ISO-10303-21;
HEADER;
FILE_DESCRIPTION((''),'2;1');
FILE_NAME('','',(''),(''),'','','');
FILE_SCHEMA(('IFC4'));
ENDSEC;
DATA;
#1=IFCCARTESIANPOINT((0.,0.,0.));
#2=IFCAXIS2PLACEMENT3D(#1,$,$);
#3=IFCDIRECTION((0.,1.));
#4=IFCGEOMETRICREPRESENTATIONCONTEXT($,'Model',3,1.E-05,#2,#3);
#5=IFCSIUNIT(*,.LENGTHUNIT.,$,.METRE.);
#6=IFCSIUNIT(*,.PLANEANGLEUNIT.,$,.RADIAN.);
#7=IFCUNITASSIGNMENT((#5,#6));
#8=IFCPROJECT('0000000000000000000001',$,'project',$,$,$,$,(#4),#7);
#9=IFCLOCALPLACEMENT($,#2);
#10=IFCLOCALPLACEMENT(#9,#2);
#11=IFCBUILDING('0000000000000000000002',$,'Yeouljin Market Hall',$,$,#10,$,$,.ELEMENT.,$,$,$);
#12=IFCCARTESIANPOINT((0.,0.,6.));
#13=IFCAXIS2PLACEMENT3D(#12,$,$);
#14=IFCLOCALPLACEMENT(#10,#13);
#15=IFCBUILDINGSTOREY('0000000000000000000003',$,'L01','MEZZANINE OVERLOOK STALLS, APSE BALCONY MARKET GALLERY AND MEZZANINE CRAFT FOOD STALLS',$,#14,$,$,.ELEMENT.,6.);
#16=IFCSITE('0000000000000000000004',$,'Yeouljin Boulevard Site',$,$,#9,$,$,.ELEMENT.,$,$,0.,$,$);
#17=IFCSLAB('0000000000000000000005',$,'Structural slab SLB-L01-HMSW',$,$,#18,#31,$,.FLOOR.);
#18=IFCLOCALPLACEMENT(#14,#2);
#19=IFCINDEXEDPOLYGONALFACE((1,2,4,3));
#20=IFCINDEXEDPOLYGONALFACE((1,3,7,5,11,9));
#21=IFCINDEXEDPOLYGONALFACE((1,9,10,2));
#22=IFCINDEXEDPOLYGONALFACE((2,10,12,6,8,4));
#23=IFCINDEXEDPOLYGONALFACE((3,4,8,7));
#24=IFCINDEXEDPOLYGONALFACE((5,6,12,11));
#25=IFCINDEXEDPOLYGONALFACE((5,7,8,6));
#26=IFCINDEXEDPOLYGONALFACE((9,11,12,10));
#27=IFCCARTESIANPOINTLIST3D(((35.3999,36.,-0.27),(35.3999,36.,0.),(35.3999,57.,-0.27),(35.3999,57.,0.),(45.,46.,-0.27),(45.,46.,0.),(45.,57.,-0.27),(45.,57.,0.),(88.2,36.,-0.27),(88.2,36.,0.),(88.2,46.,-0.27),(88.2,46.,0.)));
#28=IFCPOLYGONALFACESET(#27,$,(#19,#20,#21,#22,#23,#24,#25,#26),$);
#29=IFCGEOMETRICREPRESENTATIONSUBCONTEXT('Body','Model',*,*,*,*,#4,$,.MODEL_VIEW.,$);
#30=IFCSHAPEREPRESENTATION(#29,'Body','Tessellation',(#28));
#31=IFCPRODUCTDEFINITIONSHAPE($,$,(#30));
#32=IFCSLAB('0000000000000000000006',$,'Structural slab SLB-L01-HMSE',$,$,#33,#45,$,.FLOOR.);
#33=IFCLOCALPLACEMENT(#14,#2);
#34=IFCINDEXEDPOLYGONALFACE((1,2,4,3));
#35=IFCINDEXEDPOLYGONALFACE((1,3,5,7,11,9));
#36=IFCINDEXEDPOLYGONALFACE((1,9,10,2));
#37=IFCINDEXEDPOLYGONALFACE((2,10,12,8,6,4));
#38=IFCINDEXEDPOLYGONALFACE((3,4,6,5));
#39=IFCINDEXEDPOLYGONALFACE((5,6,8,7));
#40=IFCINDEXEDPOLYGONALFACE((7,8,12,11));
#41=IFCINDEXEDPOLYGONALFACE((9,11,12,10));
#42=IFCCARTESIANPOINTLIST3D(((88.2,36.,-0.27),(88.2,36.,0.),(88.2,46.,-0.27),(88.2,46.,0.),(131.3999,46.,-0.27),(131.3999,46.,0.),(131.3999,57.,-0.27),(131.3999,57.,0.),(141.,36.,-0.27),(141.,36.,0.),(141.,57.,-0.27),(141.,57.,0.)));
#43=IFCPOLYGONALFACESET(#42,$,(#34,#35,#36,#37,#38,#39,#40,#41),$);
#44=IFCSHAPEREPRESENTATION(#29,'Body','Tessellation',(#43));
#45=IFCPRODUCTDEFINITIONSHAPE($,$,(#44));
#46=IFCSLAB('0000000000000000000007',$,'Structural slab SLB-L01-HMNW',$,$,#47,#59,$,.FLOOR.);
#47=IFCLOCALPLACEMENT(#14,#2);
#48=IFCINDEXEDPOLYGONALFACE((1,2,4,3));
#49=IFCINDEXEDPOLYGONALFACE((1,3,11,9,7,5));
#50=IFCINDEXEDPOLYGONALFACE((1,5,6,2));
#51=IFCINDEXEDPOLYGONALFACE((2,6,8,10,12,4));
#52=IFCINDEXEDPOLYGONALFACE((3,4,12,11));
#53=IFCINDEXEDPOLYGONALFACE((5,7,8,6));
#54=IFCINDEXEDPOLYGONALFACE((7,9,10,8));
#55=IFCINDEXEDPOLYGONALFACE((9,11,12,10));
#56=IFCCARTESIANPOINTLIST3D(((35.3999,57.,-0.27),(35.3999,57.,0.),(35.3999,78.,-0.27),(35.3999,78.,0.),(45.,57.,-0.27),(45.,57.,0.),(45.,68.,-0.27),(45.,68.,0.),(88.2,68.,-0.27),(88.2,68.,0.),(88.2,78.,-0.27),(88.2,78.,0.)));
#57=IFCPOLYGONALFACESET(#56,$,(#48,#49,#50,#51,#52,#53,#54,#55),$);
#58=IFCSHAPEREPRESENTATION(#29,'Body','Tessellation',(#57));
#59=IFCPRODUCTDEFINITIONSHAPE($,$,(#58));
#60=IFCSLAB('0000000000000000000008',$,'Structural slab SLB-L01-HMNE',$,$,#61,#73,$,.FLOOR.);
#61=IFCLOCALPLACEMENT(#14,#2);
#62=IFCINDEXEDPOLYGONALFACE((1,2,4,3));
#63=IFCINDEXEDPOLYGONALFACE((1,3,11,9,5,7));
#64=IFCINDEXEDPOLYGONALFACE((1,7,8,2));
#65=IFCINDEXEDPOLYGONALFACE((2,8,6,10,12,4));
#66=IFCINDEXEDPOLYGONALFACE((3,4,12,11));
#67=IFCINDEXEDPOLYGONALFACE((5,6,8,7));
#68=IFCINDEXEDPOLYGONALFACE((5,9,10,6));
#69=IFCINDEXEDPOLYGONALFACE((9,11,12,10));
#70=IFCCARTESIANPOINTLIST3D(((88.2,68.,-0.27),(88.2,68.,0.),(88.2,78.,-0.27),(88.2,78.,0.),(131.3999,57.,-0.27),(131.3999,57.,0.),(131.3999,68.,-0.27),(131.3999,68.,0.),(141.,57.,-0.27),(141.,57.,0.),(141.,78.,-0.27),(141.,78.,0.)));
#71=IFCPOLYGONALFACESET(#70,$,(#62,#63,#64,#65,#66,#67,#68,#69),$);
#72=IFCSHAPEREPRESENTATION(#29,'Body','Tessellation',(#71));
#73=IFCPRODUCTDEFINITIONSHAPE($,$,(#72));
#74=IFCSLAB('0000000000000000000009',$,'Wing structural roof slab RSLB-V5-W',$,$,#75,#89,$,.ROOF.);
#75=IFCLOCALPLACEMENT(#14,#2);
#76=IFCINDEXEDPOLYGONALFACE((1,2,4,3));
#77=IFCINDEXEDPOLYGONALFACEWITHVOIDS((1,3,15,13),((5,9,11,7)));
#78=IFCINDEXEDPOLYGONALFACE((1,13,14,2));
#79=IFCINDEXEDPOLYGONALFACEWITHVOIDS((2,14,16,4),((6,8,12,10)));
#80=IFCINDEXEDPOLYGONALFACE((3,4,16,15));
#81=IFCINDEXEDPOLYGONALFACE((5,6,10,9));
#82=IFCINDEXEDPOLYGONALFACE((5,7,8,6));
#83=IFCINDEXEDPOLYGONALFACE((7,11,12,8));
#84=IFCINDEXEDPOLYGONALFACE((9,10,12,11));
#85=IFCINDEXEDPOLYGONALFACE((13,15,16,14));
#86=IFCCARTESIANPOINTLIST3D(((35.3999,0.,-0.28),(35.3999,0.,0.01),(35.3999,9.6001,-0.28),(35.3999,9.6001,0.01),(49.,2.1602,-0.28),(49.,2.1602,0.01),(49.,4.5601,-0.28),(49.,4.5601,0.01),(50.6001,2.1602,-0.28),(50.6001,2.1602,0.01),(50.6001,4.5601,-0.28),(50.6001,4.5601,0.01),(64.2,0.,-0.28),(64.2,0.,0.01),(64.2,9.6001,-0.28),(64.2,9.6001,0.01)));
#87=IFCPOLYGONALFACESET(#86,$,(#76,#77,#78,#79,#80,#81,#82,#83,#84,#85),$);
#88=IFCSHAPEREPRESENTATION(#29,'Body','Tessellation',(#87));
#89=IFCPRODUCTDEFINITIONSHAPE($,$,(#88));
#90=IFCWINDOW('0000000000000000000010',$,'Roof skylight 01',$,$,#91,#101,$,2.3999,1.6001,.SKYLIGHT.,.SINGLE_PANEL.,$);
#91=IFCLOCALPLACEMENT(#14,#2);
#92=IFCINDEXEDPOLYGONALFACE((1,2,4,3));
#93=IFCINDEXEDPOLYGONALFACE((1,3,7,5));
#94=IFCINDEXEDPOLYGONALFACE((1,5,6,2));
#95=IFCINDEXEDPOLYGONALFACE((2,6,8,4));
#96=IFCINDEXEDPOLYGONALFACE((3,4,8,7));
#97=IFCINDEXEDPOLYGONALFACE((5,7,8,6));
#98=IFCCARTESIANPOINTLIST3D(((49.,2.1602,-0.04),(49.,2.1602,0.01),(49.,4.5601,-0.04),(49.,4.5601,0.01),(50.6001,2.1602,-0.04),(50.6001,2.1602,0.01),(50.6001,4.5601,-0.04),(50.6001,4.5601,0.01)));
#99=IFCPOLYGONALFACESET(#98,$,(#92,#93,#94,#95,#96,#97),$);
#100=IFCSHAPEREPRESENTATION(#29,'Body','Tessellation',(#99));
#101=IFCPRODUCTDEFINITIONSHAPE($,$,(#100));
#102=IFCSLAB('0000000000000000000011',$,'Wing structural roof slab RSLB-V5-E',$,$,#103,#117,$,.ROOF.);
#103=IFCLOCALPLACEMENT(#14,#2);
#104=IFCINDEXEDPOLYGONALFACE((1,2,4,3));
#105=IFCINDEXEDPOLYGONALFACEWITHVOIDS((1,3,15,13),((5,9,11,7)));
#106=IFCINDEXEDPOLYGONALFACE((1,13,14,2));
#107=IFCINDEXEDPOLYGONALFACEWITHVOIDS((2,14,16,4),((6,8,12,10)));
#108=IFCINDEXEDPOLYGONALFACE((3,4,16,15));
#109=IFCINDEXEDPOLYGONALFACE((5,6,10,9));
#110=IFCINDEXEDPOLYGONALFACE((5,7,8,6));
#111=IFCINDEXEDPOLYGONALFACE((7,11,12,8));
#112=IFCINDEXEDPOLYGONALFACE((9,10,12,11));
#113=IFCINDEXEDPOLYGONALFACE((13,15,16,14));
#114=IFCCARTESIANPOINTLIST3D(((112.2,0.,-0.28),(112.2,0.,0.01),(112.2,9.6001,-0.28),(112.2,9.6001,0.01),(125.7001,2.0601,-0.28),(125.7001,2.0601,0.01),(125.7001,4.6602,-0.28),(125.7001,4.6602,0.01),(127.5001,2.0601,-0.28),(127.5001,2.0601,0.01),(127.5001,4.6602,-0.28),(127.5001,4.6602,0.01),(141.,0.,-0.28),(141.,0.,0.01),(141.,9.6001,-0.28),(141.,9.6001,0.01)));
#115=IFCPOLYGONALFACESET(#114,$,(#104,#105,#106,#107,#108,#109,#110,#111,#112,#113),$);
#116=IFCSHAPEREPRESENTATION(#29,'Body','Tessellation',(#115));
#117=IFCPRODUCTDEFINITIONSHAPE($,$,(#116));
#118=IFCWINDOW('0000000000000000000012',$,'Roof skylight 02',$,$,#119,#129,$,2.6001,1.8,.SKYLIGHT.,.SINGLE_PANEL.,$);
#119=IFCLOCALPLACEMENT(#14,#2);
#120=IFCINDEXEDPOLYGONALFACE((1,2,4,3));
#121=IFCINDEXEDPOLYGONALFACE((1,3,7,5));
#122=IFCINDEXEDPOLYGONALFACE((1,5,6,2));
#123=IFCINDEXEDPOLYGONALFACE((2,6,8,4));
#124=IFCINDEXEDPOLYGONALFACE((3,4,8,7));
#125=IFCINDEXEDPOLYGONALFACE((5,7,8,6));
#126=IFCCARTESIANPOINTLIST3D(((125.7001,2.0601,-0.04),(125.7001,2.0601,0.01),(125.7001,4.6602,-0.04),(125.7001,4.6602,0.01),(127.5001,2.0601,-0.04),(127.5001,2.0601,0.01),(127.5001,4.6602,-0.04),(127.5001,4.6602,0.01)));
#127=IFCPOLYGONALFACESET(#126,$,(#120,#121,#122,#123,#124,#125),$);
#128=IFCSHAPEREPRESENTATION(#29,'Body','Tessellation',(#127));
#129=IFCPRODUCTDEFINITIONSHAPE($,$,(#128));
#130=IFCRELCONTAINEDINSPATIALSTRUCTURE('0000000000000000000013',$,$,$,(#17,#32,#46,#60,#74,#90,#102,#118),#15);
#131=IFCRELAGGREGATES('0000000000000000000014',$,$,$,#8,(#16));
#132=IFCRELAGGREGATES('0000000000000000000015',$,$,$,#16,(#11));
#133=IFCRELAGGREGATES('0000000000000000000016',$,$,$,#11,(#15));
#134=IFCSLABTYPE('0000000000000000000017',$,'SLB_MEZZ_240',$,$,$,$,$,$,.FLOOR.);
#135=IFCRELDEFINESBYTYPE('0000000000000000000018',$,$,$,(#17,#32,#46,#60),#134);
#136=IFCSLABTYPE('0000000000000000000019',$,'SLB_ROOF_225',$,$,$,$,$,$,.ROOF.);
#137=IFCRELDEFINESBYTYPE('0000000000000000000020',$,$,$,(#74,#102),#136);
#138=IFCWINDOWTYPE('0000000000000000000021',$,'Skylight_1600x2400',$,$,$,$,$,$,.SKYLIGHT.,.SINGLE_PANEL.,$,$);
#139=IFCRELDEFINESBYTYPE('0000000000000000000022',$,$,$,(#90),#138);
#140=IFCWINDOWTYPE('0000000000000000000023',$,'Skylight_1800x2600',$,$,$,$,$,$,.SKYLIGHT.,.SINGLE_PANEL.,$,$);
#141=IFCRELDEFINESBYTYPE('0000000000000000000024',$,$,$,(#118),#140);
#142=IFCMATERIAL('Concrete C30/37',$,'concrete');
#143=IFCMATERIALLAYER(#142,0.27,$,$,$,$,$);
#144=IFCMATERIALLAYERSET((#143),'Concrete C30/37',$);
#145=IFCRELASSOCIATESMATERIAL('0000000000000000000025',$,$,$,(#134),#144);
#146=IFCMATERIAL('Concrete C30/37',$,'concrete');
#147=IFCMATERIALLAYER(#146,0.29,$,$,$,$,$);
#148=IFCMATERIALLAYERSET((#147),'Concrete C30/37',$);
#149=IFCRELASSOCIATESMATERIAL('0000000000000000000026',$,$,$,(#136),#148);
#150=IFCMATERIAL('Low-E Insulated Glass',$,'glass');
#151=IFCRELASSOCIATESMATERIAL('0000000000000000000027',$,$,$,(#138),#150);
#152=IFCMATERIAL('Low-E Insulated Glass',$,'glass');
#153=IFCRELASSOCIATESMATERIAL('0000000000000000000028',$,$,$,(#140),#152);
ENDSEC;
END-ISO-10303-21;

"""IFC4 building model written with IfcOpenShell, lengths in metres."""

from ifc_helpers import new_model, si_unit, direction, frame, origin, origin_2d, place, context, subcontext, project, spatial, polyline, rectangle, outline, extrude, material, layer, layer_set, type_object, element, fill, save


model = new_model("IFC4")

# Units and contexts
model_context = context("Model", 3, precision=1e-05, world=origin(), true_north=direction((0.0, 1.0)))
body_context = subcontext(model_context, "Body", "Model", "MODEL_VIEW")
ifc_project = project(units=[si_unit("LENGTHUNIT", "METRE"), si_unit("PLANEANGLEUNIT", "RADIAN")], contexts=[model_context])

# Site, building, storey
site_placement = place(None, origin())
site = spatial("IfcSite", under=ifc_project, at=site_placement, Name="Yeouljin Boulevard Site", CompositionType="ELEMENT", RefElevation=0.0)
building_placement = place(site_placement, origin())
building = spatial("IfcBuilding", under=site, at=building_placement, Name="Yeouljin Market Hall", CompositionType="ELEMENT")
storey_placement = place(building_placement, frame((0.0, 0.0, 6.0)))
storey = spatial("IfcBuildingStorey", under=building, at=storey_placement, Name="L01", Description="MEZZANINE OVERLOOK STALLS, APSE BALCONY MARKET GALLERY AND MEZZANINE CRAFT FOOD STALLS", CompositionType="ELEMENT", Elevation=6.0)

# Slabs
ifc_material_1 = material(Name="Concrete C30/37", Category="concrete")
ifc_layer_1 = layer(ifc_material_1, 0.27)
ifc_layer_set_1 = layer_set([ifc_layer_1], Name="Concrete C30/37")
slab_type_1 = type_object("IfcSlabType", Name="SLB_MEZZ_240", PredefinedType="FLOOR", material=ifc_layer_set_1)
slab_1_placement = place(storey_placement, frame((0.0, 0.0, -0.27)))
element("IfcSlab", 1, at=slab_1_placement, inside=storey, type_object=slab_type_1, Name="Structural slab SLB-L01-HMSW", PredefinedType="FLOOR", context=body_context, shape_type="SweptSolid", body=[
    extrude(outline(polyline([(35.3999, 36.0), (88.2, 36.0), (88.2, 46.0), (45.0, 46.0), (45.0, 57.0), (35.3999, 57.0), (35.3999, 36.0)])), origin(), (0.0, 0.0, 1.0), 0.27),
])
slab_2_placement = place(storey_placement, frame((0.0, 0.0, -0.27)))
element("IfcSlab", 2, at=slab_2_placement, inside=storey, type_object=slab_type_1, Name="Structural slab SLB-L01-HMSE", PredefinedType="FLOOR", context=body_context, shape_type="SweptSolid", body=[
    extrude(outline(polyline([(88.2, 36.0), (141.0, 36.0), (141.0, 57.0), (131.3999, 57.0), (131.3999, 46.0), (88.2, 46.0), (88.2, 36.0)])), origin(), (0.0, 0.0, 1.0), 0.27),
])
slab_3_placement = place(storey_placement, frame((0.0, 0.0, -0.27)))
element("IfcSlab", 3, at=slab_3_placement, inside=storey, type_object=slab_type_1, Name="Structural slab SLB-L01-HMNW", PredefinedType="FLOOR", context=body_context, shape_type="SweptSolid", body=[
    extrude(outline(polyline([(35.3999, 57.0), (45.0, 57.0), (45.0, 68.0), (88.2, 68.0), (88.2, 78.0), (35.3999, 78.0), (35.3999, 57.0)])), origin(), (0.0, 0.0, 1.0), 0.27),
])
slab_4_placement = place(storey_placement, frame((0.0, 0.0, -0.27)))
element("IfcSlab", 4, at=slab_4_placement, inside=storey, type_object=slab_type_1, Name="Structural slab SLB-L01-HMNE", PredefinedType="FLOOR", context=body_context, shape_type="SweptSolid", body=[
    extrude(outline(polyline([(131.3999, 57.0), (141.0, 57.0), (141.0, 78.0), (88.2, 78.0), (88.2, 68.0), (131.3999, 68.0), (131.3999, 57.0)])), origin(), (0.0, 0.0, 1.0), 0.27),
])

# Slabs, openings, windows
ifc_material_2 = material(Name="Concrete C30/37", Category="concrete")
ifc_layer_2 = layer(ifc_material_2, 0.29)
ifc_layer_set_2 = layer_set([ifc_layer_2], Name="Concrete C30/37")
slab_type_2 = type_object("IfcSlabType", Name="SLB_ROOF_225", PredefinedType="ROOF", material=ifc_layer_set_2)
slab_5_placement = place(storey_placement, frame((0.0, 0.0, -0.28)))
slab_5 = element("IfcSlab", 5, at=slab_5_placement, inside=storey, type_object=slab_type_2, Name="Wing structural roof slab RSLB-V5-W", PredefinedType="ROOF", context=body_context, shape_type="SweptSolid", body=[
    extrude(outline(polyline([(35.3999, 0.0), (64.2, 0.0), (64.2, 9.6001), (35.3999, 9.6001), (35.3999, 0.0)])), origin(), (0.0, 0.0, 1.0), 0.29),
])
opening_1_placement = place(slab_5_placement, frame((49.8, 3.3601, 0.0)))
opening_1 = element("IfcOpeningElement", 6, at=opening_1_placement, cuts=slab_5, PredefinedType="OPENING", context=body_context, shape_type="SweptSolid", body=[
    extrude(rectangle(XDim=1.6001, YDim=2.3999, at=origin_2d()), origin(), (0.0, 0.0, 1.0), 0.29),
])
ifc_material_3 = material(Name="Low-E Insulated Glass", Category="glass")
window_type_1 = type_object("IfcWindowType", Name="Skylight_1600x2400", PartitioningType="SINGLE_PANEL", PredefinedType="SKYLIGHT", material=ifc_material_3)
window_1_placement = place(opening_1_placement, frame((0.0, 0.0, 0.24)))
window_1 = element("IfcWindow", 7, at=window_1_placement, inside=storey, type_object=window_type_1, Name="Roof skylight 01", OverallHeight=2.3999, OverallWidth=1.6001, PartitioningType="SINGLE_PANEL", PredefinedType="SKYLIGHT", context=body_context, shape_type="SweptSolid", body=[
    extrude(rectangle(XDim=1.6001, YDim=2.3999, at=origin_2d()), origin(), (0.0, 0.0, 1.0), 0.05),
])
fill(opening_1, window_1)
slab_6_placement = place(storey_placement, frame((0.0, 0.0, -0.28)))
slab_6 = element("IfcSlab", 8, at=slab_6_placement, inside=storey, type_object=slab_type_2, Name="Wing structural roof slab RSLB-V5-E", PredefinedType="ROOF", context=body_context, shape_type="SweptSolid", body=[
    extrude(outline(polyline([(112.2, 0.0), (141.0, 0.0), (141.0, 9.6001), (112.2, 9.6001), (112.2, 0.0)])), origin(), (0.0, 0.0, 1.0), 0.29),
])
opening_2_placement = place(slab_6_placement, frame((126.6001, 3.3601, 0.0)))
opening_2 = element("IfcOpeningElement", 9, at=opening_2_placement, cuts=slab_6, PredefinedType="OPENING", context=body_context, shape_type="SweptSolid", body=[
    extrude(rectangle(XDim=1.8, YDim=2.6001, at=origin_2d()), origin(), (0.0, 0.0, 1.0), 0.29),
])
ifc_material_4 = material(Name="Low-E Insulated Glass", Category="glass")
window_type_2 = type_object("IfcWindowType", Name="Skylight_1800x2600", PartitioningType="SINGLE_PANEL", PredefinedType="SKYLIGHT", material=ifc_material_4)
window_2_placement = place(opening_2_placement, frame((0.0, 0.0, 0.24)))
window_2 = element("IfcWindow", 10, at=window_2_placement, inside=storey, type_object=window_type_2, Name="Roof skylight 02", OverallHeight=2.6001, OverallWidth=1.8, PartitioningType="SINGLE_PANEL", PredefinedType="SKYLIGHT", context=body_context, shape_type="SweptSolid", body=[
    extrude(rectangle(XDim=1.8, YDim=2.6001, at=origin_2d()), origin(), (0.0, 0.0, 1.0), 0.05),
])
fill(opening_2, window_2)

save(model, "model.ifc")
